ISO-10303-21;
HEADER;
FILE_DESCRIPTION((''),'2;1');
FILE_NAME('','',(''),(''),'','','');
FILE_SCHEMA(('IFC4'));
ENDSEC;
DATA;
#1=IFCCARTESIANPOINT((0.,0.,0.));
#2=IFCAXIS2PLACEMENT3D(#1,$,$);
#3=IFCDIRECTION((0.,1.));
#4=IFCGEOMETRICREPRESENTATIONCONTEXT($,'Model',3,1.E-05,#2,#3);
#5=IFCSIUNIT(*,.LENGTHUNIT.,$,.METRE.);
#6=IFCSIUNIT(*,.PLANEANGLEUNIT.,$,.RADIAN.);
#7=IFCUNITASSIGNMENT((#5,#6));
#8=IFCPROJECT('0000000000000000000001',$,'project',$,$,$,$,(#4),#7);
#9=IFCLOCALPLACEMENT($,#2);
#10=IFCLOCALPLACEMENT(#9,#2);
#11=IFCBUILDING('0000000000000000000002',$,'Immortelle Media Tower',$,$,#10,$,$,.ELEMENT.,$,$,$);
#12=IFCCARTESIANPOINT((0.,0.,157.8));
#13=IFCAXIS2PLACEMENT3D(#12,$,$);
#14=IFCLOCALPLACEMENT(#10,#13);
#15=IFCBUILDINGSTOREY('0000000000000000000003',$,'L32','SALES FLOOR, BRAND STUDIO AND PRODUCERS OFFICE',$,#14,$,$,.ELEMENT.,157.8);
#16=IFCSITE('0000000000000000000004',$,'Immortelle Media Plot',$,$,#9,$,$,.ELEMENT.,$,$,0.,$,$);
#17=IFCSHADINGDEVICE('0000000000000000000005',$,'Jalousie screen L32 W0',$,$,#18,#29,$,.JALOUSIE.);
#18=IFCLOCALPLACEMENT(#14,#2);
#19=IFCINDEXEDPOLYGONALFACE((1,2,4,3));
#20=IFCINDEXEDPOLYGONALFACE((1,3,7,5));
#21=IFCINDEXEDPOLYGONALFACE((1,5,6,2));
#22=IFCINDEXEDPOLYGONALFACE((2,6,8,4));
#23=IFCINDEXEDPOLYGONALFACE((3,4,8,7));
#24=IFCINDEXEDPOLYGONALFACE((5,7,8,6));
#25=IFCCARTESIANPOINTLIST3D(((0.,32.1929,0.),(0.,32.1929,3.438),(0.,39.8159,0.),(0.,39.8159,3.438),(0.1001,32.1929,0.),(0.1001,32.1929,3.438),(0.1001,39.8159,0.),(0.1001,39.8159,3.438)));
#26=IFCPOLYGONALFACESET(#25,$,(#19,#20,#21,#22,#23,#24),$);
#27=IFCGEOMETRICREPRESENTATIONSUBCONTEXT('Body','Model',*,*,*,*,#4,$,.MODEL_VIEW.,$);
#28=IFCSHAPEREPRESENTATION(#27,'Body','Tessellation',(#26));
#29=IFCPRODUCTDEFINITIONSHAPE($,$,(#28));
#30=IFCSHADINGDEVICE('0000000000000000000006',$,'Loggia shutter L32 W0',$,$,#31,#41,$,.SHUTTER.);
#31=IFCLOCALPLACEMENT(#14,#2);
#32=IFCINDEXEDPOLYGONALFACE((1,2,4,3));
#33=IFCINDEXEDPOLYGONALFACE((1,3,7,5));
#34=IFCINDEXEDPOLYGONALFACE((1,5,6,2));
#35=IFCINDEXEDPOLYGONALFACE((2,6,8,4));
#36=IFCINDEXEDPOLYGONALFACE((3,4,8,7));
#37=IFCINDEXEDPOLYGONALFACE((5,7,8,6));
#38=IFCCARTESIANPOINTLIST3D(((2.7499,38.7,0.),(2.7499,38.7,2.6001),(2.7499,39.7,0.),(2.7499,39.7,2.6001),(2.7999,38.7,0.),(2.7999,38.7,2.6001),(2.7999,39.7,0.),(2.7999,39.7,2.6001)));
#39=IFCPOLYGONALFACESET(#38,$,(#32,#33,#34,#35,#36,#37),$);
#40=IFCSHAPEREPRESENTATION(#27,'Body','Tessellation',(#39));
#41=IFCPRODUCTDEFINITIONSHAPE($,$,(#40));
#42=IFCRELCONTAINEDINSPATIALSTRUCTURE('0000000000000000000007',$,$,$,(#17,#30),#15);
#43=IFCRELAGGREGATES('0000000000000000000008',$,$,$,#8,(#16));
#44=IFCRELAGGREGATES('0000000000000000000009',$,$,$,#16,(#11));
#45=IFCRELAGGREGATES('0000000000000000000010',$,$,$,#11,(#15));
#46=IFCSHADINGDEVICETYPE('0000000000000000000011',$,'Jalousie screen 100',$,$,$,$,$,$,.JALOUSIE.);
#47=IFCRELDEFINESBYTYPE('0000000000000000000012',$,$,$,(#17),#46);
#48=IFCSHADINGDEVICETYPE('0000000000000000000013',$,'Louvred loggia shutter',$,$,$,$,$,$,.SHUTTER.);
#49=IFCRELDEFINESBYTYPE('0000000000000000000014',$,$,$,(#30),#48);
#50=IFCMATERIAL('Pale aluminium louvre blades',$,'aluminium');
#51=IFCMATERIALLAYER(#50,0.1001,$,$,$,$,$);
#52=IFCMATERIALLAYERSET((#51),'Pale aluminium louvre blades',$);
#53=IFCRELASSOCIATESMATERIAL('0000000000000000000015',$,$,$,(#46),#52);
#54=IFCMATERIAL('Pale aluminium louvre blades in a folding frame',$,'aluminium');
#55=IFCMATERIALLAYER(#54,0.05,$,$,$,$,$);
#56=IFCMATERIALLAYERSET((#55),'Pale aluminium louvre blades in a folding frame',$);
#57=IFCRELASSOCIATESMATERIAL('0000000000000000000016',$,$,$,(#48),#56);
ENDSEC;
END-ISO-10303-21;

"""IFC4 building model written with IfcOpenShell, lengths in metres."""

from ifc_helpers import new_model, si_unit, direction, frame, origin, origin_2d, place, context, subcontext, project, spatial, rectangle, extrude, material, layer, layer_set, type_object, element, save


model = new_model("IFC4")

# Units and contexts
model_context = context("Model", 3, precision=1e-05, world=origin(), true_north=direction((0.0, 1.0)))
body_context = subcontext(model_context, "Body", "Model", "MODEL_VIEW")
ifc_project = project(units=[si_unit("LENGTHUNIT", "METRE"), si_unit("PLANEANGLEUNIT", "RADIAN")], contexts=[model_context])

# Site, building, storey
site_placement = place(None, origin())
site = spatial("IfcSite", under=ifc_project, at=site_placement, Name="Immortelle Media Plot", CompositionType="ELEMENT", RefElevation=0.0)
building_placement = place(site_placement, origin())
building = spatial("IfcBuilding", under=site, at=building_placement, Name="Immortelle Media Tower", CompositionType="ELEMENT")
storey_placement = place(building_placement, frame((0.0, 0.0, 157.8)))
storey = spatial("IfcBuildingStorey", under=building, at=storey_placement, Name="L32", Description="SALES FLOOR, BRAND STUDIO AND PRODUCERS OFFICE", CompositionType="ELEMENT", Elevation=157.8)

# Shading devices
ifc_material_1 = material(Name="Pale aluminium louvre blades", Category="aluminium")
ifc_layer_1 = layer(ifc_material_1, 0.1001)
ifc_layer_set_1 = layer_set([ifc_layer_1], Name="Pale aluminium louvre blades")
shading_device_type_1 = type_object("IfcShadingDeviceType", Name="Jalousie screen 100", PredefinedType="JALOUSIE", material=ifc_layer_set_1)
shading_device_1_placement = place(storey_placement, frame((0.05, 36.0044, 0.0), z_axis=(0.0, 0.0, 1.0), x_axis=(0.0, -1.0, 0.0)))
element("IfcShadingDevice", 1, at=shading_device_1_placement, inside=storey, type_object=shading_device_type_1, Name="Jalousie screen L32 W0", PredefinedType="JALOUSIE", context=body_context, shape_type="SweptSolid", body=[
    extrude(rectangle(XDim=7.623, YDim=0.1001, at=origin_2d()), origin(), (0.0, 0.0, 1.0), 3.438),
])
ifc_material_2 = material(Name="Pale aluminium louvre blades in a folding frame", Category="aluminium")
ifc_layer_2 = layer(ifc_material_2, 0.05)
ifc_layer_set_2 = layer_set([ifc_layer_2], Name="Pale aluminium louvre blades in a folding frame")
shading_device_type_2 = type_object("IfcShadingDeviceType", Name="Louvred loggia shutter", PredefinedType="SHUTTER", material=ifc_layer_set_2)
shading_device_2_placement = place(storey_placement, frame((2.7749, 39.2, 0.0), z_axis=(0.0, 0.0, 1.0), x_axis=(0.0, -1.0, 0.0)))
element("IfcShadingDevice", 2, at=shading_device_2_placement, inside=storey, type_object=shading_device_type_2, Name="Loggia shutter L32 W0", PredefinedType="SHUTTER", context=body_context, shape_type="SweptSolid", body=[
    extrude(rectangle(XDim=1.0, YDim=0.05, at=origin_2d()), origin(), (0.0, 0.0, 1.0), 2.6001),
])

save(model, "model.ifc")
